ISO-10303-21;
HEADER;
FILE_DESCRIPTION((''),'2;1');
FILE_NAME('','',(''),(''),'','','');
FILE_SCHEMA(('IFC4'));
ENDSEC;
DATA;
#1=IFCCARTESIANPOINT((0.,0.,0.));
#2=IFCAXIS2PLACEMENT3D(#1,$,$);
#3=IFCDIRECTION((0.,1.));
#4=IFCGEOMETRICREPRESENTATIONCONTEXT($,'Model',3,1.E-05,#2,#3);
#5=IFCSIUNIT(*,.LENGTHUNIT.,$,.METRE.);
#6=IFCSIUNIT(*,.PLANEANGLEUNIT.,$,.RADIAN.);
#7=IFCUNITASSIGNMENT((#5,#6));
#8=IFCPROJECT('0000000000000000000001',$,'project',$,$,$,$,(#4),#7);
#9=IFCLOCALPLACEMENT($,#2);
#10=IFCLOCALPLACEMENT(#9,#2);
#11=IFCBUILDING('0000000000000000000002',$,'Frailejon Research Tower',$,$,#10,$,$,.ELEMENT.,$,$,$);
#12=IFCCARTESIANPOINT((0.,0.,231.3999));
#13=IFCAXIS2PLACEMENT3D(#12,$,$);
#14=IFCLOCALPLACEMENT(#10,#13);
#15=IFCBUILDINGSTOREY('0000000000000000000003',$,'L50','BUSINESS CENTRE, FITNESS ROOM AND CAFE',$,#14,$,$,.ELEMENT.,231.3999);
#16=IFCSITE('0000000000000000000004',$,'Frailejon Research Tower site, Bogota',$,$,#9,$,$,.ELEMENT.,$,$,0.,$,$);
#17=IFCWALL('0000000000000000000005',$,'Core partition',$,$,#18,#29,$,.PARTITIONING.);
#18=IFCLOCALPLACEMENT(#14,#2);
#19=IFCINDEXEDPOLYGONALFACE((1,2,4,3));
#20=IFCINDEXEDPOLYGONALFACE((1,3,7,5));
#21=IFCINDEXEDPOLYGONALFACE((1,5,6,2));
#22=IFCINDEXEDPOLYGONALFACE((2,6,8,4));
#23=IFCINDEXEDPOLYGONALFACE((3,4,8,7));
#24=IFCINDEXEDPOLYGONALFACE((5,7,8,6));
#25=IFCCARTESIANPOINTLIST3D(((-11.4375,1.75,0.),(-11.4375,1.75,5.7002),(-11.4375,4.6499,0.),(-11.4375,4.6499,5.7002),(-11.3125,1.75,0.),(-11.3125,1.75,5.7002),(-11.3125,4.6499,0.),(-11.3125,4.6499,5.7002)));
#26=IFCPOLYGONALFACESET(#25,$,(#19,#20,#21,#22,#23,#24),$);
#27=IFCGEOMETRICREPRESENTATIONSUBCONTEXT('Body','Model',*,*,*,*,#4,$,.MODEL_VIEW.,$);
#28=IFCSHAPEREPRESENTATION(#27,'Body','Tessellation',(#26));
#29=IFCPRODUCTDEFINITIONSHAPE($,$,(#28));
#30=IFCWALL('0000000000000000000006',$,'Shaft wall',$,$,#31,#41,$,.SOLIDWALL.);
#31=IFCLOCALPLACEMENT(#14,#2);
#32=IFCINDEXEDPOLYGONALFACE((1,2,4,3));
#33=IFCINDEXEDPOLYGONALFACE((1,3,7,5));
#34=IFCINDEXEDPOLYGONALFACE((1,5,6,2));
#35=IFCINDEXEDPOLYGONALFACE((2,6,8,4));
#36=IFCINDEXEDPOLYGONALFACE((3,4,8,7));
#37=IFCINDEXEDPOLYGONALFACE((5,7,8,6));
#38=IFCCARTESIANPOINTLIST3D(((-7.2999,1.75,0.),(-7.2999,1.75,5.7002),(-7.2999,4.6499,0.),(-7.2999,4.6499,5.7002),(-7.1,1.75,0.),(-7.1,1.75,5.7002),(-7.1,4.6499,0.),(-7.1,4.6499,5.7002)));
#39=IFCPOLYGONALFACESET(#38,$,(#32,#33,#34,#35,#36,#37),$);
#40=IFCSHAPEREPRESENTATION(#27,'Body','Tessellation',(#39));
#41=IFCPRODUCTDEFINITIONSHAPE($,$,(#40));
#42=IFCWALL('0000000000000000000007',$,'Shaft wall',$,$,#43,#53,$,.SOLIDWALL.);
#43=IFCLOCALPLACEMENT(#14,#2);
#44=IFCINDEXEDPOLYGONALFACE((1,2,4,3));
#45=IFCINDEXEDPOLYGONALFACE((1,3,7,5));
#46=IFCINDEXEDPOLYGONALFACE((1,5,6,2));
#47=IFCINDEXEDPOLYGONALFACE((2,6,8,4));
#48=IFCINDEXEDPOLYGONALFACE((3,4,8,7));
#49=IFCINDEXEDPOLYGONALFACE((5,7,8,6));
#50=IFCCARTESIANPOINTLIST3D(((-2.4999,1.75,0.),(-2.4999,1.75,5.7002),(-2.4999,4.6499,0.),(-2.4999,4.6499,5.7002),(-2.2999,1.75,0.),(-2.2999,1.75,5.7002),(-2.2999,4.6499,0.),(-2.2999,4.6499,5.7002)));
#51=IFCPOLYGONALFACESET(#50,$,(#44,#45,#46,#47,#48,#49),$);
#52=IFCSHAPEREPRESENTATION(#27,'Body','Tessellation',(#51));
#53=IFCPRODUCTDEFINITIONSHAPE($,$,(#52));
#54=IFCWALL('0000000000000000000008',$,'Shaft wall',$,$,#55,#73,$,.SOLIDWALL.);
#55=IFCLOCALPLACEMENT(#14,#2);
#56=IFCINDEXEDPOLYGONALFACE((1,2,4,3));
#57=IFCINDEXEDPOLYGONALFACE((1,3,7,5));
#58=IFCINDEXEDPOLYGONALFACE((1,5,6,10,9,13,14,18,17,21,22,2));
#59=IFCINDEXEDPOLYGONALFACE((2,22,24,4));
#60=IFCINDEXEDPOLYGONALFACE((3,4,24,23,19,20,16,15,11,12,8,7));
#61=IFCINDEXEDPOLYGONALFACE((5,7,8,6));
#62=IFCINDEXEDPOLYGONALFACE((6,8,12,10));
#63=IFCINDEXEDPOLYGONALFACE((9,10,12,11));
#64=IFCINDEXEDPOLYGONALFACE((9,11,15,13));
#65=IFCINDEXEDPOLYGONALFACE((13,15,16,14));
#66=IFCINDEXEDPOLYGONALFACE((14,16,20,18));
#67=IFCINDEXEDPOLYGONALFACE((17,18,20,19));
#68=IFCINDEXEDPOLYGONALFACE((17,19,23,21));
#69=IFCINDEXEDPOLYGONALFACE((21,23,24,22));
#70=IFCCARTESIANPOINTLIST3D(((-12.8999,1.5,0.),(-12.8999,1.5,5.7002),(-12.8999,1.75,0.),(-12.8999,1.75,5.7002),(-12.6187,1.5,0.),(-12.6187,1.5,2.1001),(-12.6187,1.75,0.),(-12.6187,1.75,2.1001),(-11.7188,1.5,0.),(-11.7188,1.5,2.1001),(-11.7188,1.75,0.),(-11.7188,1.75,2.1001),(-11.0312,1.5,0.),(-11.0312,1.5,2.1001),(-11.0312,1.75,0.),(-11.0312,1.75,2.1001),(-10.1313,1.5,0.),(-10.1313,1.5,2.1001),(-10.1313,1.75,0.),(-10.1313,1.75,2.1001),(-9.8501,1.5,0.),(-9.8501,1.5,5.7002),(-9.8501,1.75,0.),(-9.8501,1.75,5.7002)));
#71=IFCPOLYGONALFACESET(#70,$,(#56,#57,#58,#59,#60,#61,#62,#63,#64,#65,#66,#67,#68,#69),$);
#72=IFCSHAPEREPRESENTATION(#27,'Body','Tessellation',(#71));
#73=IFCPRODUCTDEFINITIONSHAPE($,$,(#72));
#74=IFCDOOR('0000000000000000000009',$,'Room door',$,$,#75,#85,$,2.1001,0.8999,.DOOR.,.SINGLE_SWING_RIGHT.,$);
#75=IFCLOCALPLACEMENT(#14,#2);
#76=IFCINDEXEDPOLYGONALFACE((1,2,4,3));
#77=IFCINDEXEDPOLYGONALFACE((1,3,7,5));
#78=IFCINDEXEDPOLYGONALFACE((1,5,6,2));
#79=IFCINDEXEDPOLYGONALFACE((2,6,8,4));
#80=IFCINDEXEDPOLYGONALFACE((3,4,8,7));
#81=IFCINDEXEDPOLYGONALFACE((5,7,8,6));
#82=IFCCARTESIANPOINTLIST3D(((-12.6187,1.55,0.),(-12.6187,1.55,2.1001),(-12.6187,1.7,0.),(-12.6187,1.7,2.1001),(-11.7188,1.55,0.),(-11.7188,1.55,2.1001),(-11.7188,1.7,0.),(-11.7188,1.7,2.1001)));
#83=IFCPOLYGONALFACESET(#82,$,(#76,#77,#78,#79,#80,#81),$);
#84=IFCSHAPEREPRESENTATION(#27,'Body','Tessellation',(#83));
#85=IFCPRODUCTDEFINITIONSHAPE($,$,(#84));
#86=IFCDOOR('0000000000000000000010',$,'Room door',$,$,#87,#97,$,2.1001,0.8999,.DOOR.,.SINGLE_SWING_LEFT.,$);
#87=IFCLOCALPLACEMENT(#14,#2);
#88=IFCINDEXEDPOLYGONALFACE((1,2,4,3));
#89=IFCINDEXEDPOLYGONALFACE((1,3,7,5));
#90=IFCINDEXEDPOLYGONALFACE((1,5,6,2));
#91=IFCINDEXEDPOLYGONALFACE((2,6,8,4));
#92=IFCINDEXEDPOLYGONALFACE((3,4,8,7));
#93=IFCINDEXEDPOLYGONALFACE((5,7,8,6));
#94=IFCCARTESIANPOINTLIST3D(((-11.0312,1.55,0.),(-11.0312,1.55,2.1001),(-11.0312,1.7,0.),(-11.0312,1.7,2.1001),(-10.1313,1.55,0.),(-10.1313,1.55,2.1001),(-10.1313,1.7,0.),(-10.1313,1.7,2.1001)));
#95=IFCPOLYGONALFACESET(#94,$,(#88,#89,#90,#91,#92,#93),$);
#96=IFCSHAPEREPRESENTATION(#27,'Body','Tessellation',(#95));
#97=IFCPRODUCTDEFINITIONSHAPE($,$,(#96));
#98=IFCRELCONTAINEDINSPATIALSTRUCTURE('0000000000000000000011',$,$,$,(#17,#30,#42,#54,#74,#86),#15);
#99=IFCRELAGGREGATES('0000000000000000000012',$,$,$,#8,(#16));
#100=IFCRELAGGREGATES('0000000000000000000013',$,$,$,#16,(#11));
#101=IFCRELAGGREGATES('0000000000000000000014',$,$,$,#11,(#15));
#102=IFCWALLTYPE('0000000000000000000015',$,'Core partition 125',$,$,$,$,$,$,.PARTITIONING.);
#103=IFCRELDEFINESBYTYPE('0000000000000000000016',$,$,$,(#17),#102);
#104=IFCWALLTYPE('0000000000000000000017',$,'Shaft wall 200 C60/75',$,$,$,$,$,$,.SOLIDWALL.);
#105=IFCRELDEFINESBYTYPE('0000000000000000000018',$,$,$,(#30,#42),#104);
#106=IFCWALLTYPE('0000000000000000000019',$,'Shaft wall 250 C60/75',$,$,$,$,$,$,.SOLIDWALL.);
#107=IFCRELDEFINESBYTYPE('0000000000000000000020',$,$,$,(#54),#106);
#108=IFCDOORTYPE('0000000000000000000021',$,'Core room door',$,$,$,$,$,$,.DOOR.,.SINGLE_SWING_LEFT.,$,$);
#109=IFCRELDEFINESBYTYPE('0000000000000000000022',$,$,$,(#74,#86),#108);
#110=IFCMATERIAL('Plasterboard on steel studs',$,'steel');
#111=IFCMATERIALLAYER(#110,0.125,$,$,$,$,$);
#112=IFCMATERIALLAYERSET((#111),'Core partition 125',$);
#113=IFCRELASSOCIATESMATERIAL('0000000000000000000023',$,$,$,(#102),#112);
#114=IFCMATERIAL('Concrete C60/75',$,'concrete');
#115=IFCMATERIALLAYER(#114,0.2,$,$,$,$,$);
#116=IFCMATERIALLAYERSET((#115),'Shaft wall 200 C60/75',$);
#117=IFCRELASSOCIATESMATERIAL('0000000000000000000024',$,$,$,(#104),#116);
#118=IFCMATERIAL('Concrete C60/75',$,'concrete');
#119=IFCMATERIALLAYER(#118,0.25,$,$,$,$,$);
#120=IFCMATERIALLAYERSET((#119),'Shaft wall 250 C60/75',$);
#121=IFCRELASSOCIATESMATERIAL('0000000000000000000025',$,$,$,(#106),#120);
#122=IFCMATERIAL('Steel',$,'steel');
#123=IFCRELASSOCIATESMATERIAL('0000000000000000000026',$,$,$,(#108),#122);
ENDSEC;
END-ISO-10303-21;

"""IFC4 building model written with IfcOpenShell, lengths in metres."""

from ifc_helpers import new_model, si_unit, direction, frame, frame_2d, origin, place, context, subcontext, project, spatial, rectangle, extrude, material, layer, layer_set, type_object, element, fill, save


model = new_model("IFC4")

# Units and contexts
model_context = context("Model", 3, precision=1e-05, world=origin(), true_north=direction((0.0, 1.0)))
body_context = subcontext(model_context, "Body", "Model", "MODEL_VIEW")
ifc_project = project(units=[si_unit("LENGTHUNIT", "METRE"), si_unit("PLANEANGLEUNIT", "RADIAN")], contexts=[model_context])

# Site, building, storey
site_placement = place(None, origin())
site = spatial("IfcSite", under=ifc_project, at=site_placement, Name="Frailejon Research Tower site, Bogota", CompositionType="ELEMENT", RefElevation=0.0)
building_placement = place(site_placement, origin())
building = spatial("IfcBuilding", under=site, at=building_placement, Name="Frailejon Research Tower", CompositionType="ELEMENT")
storey_placement = place(building_placement, frame((0.0, 0.0, 231.3999)))
storey = spatial("IfcBuildingStorey", under=building, at=storey_placement, Name="L50", Description="BUSINESS CENTRE, FITNESS ROOM AND CAFE", CompositionType="ELEMENT", Elevation=231.3999)

# Walls
ifc_material_1 = material(Name="Plasterboard on steel studs", Category="steel")
ifc_layer_1 = layer(ifc_material_1, 0.125)
ifc_layer_set_1 = layer_set([ifc_layer_1], Name="Core partition 125")
wall_type_1 = type_object("IfcWallType", Name="Core partition 125", PredefinedType="PARTITIONING", material=ifc_layer_set_1)
wall_1_placement = place(storey_placement, frame((-11.375, 1.75, 0.0), z_axis=(0.0, 0.0, 1.0), x_axis=(0.0, 1.0, 0.0)))
element("IfcWall", 1, at=wall_1_placement, inside=storey, type_object=wall_type_1, Name="Core partition", PredefinedType="PARTITIONING", context=body_context, shape_type="SweptSolid", body=[
    extrude(rectangle(XDim=2.8999, YDim=0.125, at=frame_2d((1.45, 0.0))), origin(), (0.0, 0.0, 1.0), 5.7002),
])
ifc_material_2 = material(Name="Concrete C60/75", Category="concrete")
ifc_layer_2 = layer(ifc_material_2, 0.2)
ifc_layer_set_2 = layer_set([ifc_layer_2], Name="Shaft wall 200 C60/75")
wall_type_2 = type_object("IfcWallType", Name="Shaft wall 200 C60/75", PredefinedType="SOLIDWALL", material=ifc_layer_set_2)
for number, where, z_axis, x_axis, name in (
    (2, (-7.2, 1.75, 0.0), (0.0, 0.0, 1.0), (0.0, 1.0, 0.0), "Shaft wall"),
    (3, (-2.3999, 1.75, 0.0), (0.0, 0.0, 1.0), (0.0, 1.0, 0.0), "Shaft wall"),
):
    element("IfcWall", number, at=place(storey_placement, frame(where, z_axis=z_axis, x_axis=x_axis)), inside=storey, type_object=wall_type_2, Name=name, PredefinedType="SOLIDWALL", context=body_context, shape_type="SweptSolid", body=[
        extrude(rectangle(XDim=2.8999, YDim=0.2, at=frame_2d((1.45, 0.0))), origin(), (0.0, 0.0, 1.0), 5.7002),
    ])

# Wall, openings, doors
ifc_material_3 = material(Name="Concrete C60/75", Category="concrete")
ifc_layer_3 = layer(ifc_material_3, 0.25)
ifc_layer_set_3 = layer_set([ifc_layer_3], Name="Shaft wall 250 C60/75")
wall_type_3 = type_object("IfcWallType", Name="Shaft wall 250 C60/75", PredefinedType="SOLIDWALL", material=ifc_layer_set_3)
wall_2_placement = place(storey_placement, frame((-12.8999, 1.625, 0.0), z_axis=(0.0, 0.0, 1.0), x_axis=(1.0, 0.0, 0.0)))
wall_2 = element("IfcWall", 4, at=wall_2_placement, inside=storey, type_object=wall_type_3, Name="Shaft wall", PredefinedType="SOLIDWALL", context=body_context, shape_type="SweptSolid", body=[
    extrude(rectangle(XDim=3.0498, YDim=0.25, at=frame_2d((1.5249, 0.0))), origin(), (0.0, 0.0, 1.0), 5.7002),
])
opening_1_placement = place(wall_2_placement, frame((0.2812, 0.0, 0.0)))
opening_1 = element("IfcOpeningElement", 5, at=opening_1_placement, cuts=wall_2, PredefinedType="OPENING", context=body_context, shape_type="SweptSolid", body=[
    extrude(rectangle(XDim=0.8999, YDim=2.1001, at=frame_2d((0.45, 1.05))), frame((0.0, 0.135, 0.0), z_axis=(0.0, -1.0, 0.0), x_axis=(1.0, 0.0, 0.0)), (0.0, 0.0, 1.0), 0.27),
])
opening_2_placement = place(wall_2_placement, frame((1.8687, 0.0, 0.0)))
opening_2 = element("IfcOpeningElement", 6, at=opening_2_placement, cuts=wall_2, PredefinedType="OPENING", context=body_context, shape_type="SweptSolid", body=[
    extrude(rectangle(XDim=0.8999, YDim=2.1001, at=frame_2d((0.45, 1.05))), frame((0.0, 0.135, 0.0), z_axis=(0.0, -1.0, 0.0), x_axis=(1.0, 0.0, 0.0)), (0.0, 0.0, 1.0), 0.27),
])
ifc_material_4 = material(Name="Steel", Category="steel")
door_type_1 = type_object("IfcDoorType", Name="Core room door", OperationType="SINGLE_SWING_LEFT", PredefinedType="DOOR", material=ifc_material_4)
door_1_placement = place(opening_1_placement, origin())
door_1 = element("IfcDoor", 7, at=door_1_placement, inside=storey, type_object=door_type_1, Name="Room door", OperationType="SINGLE_SWING_RIGHT", OverallHeight=2.1001, OverallWidth=0.8999, PredefinedType="DOOR", context=body_context, shape_type="SweptSolid", body=[
    extrude(rectangle(XDim=0.8999, YDim=2.1001, at=frame_2d((0.45, 1.05))), frame((0.0, 0.075, 0.0), z_axis=(0.0, -1.0, 0.0), x_axis=(1.0, 0.0, 0.0)), (0.0, 0.0, 1.0), 0.1499),
])
fill(opening_1, door_1)
door_2_placement = place(opening_2_placement, origin())
door_2 = element("IfcDoor", 8, at=door_2_placement, inside=storey, type_object=door_type_1, Name="Room door", OperationType="SINGLE_SWING_LEFT", OverallHeight=2.1001, OverallWidth=0.8999, PredefinedType="DOOR", context=body_context, shape_type="SweptSolid", body=[
    extrude(rectangle(XDim=0.8999, YDim=2.1001, at=frame_2d((0.45, 1.05))), frame((0.0, 0.075, 0.0), z_axis=(0.0, -1.0, 0.0), x_axis=(1.0, 0.0, 0.0)), (0.0, 0.0, 1.0), 0.1499),
])
fill(opening_2, door_2)

save(model, "model.ifc")
